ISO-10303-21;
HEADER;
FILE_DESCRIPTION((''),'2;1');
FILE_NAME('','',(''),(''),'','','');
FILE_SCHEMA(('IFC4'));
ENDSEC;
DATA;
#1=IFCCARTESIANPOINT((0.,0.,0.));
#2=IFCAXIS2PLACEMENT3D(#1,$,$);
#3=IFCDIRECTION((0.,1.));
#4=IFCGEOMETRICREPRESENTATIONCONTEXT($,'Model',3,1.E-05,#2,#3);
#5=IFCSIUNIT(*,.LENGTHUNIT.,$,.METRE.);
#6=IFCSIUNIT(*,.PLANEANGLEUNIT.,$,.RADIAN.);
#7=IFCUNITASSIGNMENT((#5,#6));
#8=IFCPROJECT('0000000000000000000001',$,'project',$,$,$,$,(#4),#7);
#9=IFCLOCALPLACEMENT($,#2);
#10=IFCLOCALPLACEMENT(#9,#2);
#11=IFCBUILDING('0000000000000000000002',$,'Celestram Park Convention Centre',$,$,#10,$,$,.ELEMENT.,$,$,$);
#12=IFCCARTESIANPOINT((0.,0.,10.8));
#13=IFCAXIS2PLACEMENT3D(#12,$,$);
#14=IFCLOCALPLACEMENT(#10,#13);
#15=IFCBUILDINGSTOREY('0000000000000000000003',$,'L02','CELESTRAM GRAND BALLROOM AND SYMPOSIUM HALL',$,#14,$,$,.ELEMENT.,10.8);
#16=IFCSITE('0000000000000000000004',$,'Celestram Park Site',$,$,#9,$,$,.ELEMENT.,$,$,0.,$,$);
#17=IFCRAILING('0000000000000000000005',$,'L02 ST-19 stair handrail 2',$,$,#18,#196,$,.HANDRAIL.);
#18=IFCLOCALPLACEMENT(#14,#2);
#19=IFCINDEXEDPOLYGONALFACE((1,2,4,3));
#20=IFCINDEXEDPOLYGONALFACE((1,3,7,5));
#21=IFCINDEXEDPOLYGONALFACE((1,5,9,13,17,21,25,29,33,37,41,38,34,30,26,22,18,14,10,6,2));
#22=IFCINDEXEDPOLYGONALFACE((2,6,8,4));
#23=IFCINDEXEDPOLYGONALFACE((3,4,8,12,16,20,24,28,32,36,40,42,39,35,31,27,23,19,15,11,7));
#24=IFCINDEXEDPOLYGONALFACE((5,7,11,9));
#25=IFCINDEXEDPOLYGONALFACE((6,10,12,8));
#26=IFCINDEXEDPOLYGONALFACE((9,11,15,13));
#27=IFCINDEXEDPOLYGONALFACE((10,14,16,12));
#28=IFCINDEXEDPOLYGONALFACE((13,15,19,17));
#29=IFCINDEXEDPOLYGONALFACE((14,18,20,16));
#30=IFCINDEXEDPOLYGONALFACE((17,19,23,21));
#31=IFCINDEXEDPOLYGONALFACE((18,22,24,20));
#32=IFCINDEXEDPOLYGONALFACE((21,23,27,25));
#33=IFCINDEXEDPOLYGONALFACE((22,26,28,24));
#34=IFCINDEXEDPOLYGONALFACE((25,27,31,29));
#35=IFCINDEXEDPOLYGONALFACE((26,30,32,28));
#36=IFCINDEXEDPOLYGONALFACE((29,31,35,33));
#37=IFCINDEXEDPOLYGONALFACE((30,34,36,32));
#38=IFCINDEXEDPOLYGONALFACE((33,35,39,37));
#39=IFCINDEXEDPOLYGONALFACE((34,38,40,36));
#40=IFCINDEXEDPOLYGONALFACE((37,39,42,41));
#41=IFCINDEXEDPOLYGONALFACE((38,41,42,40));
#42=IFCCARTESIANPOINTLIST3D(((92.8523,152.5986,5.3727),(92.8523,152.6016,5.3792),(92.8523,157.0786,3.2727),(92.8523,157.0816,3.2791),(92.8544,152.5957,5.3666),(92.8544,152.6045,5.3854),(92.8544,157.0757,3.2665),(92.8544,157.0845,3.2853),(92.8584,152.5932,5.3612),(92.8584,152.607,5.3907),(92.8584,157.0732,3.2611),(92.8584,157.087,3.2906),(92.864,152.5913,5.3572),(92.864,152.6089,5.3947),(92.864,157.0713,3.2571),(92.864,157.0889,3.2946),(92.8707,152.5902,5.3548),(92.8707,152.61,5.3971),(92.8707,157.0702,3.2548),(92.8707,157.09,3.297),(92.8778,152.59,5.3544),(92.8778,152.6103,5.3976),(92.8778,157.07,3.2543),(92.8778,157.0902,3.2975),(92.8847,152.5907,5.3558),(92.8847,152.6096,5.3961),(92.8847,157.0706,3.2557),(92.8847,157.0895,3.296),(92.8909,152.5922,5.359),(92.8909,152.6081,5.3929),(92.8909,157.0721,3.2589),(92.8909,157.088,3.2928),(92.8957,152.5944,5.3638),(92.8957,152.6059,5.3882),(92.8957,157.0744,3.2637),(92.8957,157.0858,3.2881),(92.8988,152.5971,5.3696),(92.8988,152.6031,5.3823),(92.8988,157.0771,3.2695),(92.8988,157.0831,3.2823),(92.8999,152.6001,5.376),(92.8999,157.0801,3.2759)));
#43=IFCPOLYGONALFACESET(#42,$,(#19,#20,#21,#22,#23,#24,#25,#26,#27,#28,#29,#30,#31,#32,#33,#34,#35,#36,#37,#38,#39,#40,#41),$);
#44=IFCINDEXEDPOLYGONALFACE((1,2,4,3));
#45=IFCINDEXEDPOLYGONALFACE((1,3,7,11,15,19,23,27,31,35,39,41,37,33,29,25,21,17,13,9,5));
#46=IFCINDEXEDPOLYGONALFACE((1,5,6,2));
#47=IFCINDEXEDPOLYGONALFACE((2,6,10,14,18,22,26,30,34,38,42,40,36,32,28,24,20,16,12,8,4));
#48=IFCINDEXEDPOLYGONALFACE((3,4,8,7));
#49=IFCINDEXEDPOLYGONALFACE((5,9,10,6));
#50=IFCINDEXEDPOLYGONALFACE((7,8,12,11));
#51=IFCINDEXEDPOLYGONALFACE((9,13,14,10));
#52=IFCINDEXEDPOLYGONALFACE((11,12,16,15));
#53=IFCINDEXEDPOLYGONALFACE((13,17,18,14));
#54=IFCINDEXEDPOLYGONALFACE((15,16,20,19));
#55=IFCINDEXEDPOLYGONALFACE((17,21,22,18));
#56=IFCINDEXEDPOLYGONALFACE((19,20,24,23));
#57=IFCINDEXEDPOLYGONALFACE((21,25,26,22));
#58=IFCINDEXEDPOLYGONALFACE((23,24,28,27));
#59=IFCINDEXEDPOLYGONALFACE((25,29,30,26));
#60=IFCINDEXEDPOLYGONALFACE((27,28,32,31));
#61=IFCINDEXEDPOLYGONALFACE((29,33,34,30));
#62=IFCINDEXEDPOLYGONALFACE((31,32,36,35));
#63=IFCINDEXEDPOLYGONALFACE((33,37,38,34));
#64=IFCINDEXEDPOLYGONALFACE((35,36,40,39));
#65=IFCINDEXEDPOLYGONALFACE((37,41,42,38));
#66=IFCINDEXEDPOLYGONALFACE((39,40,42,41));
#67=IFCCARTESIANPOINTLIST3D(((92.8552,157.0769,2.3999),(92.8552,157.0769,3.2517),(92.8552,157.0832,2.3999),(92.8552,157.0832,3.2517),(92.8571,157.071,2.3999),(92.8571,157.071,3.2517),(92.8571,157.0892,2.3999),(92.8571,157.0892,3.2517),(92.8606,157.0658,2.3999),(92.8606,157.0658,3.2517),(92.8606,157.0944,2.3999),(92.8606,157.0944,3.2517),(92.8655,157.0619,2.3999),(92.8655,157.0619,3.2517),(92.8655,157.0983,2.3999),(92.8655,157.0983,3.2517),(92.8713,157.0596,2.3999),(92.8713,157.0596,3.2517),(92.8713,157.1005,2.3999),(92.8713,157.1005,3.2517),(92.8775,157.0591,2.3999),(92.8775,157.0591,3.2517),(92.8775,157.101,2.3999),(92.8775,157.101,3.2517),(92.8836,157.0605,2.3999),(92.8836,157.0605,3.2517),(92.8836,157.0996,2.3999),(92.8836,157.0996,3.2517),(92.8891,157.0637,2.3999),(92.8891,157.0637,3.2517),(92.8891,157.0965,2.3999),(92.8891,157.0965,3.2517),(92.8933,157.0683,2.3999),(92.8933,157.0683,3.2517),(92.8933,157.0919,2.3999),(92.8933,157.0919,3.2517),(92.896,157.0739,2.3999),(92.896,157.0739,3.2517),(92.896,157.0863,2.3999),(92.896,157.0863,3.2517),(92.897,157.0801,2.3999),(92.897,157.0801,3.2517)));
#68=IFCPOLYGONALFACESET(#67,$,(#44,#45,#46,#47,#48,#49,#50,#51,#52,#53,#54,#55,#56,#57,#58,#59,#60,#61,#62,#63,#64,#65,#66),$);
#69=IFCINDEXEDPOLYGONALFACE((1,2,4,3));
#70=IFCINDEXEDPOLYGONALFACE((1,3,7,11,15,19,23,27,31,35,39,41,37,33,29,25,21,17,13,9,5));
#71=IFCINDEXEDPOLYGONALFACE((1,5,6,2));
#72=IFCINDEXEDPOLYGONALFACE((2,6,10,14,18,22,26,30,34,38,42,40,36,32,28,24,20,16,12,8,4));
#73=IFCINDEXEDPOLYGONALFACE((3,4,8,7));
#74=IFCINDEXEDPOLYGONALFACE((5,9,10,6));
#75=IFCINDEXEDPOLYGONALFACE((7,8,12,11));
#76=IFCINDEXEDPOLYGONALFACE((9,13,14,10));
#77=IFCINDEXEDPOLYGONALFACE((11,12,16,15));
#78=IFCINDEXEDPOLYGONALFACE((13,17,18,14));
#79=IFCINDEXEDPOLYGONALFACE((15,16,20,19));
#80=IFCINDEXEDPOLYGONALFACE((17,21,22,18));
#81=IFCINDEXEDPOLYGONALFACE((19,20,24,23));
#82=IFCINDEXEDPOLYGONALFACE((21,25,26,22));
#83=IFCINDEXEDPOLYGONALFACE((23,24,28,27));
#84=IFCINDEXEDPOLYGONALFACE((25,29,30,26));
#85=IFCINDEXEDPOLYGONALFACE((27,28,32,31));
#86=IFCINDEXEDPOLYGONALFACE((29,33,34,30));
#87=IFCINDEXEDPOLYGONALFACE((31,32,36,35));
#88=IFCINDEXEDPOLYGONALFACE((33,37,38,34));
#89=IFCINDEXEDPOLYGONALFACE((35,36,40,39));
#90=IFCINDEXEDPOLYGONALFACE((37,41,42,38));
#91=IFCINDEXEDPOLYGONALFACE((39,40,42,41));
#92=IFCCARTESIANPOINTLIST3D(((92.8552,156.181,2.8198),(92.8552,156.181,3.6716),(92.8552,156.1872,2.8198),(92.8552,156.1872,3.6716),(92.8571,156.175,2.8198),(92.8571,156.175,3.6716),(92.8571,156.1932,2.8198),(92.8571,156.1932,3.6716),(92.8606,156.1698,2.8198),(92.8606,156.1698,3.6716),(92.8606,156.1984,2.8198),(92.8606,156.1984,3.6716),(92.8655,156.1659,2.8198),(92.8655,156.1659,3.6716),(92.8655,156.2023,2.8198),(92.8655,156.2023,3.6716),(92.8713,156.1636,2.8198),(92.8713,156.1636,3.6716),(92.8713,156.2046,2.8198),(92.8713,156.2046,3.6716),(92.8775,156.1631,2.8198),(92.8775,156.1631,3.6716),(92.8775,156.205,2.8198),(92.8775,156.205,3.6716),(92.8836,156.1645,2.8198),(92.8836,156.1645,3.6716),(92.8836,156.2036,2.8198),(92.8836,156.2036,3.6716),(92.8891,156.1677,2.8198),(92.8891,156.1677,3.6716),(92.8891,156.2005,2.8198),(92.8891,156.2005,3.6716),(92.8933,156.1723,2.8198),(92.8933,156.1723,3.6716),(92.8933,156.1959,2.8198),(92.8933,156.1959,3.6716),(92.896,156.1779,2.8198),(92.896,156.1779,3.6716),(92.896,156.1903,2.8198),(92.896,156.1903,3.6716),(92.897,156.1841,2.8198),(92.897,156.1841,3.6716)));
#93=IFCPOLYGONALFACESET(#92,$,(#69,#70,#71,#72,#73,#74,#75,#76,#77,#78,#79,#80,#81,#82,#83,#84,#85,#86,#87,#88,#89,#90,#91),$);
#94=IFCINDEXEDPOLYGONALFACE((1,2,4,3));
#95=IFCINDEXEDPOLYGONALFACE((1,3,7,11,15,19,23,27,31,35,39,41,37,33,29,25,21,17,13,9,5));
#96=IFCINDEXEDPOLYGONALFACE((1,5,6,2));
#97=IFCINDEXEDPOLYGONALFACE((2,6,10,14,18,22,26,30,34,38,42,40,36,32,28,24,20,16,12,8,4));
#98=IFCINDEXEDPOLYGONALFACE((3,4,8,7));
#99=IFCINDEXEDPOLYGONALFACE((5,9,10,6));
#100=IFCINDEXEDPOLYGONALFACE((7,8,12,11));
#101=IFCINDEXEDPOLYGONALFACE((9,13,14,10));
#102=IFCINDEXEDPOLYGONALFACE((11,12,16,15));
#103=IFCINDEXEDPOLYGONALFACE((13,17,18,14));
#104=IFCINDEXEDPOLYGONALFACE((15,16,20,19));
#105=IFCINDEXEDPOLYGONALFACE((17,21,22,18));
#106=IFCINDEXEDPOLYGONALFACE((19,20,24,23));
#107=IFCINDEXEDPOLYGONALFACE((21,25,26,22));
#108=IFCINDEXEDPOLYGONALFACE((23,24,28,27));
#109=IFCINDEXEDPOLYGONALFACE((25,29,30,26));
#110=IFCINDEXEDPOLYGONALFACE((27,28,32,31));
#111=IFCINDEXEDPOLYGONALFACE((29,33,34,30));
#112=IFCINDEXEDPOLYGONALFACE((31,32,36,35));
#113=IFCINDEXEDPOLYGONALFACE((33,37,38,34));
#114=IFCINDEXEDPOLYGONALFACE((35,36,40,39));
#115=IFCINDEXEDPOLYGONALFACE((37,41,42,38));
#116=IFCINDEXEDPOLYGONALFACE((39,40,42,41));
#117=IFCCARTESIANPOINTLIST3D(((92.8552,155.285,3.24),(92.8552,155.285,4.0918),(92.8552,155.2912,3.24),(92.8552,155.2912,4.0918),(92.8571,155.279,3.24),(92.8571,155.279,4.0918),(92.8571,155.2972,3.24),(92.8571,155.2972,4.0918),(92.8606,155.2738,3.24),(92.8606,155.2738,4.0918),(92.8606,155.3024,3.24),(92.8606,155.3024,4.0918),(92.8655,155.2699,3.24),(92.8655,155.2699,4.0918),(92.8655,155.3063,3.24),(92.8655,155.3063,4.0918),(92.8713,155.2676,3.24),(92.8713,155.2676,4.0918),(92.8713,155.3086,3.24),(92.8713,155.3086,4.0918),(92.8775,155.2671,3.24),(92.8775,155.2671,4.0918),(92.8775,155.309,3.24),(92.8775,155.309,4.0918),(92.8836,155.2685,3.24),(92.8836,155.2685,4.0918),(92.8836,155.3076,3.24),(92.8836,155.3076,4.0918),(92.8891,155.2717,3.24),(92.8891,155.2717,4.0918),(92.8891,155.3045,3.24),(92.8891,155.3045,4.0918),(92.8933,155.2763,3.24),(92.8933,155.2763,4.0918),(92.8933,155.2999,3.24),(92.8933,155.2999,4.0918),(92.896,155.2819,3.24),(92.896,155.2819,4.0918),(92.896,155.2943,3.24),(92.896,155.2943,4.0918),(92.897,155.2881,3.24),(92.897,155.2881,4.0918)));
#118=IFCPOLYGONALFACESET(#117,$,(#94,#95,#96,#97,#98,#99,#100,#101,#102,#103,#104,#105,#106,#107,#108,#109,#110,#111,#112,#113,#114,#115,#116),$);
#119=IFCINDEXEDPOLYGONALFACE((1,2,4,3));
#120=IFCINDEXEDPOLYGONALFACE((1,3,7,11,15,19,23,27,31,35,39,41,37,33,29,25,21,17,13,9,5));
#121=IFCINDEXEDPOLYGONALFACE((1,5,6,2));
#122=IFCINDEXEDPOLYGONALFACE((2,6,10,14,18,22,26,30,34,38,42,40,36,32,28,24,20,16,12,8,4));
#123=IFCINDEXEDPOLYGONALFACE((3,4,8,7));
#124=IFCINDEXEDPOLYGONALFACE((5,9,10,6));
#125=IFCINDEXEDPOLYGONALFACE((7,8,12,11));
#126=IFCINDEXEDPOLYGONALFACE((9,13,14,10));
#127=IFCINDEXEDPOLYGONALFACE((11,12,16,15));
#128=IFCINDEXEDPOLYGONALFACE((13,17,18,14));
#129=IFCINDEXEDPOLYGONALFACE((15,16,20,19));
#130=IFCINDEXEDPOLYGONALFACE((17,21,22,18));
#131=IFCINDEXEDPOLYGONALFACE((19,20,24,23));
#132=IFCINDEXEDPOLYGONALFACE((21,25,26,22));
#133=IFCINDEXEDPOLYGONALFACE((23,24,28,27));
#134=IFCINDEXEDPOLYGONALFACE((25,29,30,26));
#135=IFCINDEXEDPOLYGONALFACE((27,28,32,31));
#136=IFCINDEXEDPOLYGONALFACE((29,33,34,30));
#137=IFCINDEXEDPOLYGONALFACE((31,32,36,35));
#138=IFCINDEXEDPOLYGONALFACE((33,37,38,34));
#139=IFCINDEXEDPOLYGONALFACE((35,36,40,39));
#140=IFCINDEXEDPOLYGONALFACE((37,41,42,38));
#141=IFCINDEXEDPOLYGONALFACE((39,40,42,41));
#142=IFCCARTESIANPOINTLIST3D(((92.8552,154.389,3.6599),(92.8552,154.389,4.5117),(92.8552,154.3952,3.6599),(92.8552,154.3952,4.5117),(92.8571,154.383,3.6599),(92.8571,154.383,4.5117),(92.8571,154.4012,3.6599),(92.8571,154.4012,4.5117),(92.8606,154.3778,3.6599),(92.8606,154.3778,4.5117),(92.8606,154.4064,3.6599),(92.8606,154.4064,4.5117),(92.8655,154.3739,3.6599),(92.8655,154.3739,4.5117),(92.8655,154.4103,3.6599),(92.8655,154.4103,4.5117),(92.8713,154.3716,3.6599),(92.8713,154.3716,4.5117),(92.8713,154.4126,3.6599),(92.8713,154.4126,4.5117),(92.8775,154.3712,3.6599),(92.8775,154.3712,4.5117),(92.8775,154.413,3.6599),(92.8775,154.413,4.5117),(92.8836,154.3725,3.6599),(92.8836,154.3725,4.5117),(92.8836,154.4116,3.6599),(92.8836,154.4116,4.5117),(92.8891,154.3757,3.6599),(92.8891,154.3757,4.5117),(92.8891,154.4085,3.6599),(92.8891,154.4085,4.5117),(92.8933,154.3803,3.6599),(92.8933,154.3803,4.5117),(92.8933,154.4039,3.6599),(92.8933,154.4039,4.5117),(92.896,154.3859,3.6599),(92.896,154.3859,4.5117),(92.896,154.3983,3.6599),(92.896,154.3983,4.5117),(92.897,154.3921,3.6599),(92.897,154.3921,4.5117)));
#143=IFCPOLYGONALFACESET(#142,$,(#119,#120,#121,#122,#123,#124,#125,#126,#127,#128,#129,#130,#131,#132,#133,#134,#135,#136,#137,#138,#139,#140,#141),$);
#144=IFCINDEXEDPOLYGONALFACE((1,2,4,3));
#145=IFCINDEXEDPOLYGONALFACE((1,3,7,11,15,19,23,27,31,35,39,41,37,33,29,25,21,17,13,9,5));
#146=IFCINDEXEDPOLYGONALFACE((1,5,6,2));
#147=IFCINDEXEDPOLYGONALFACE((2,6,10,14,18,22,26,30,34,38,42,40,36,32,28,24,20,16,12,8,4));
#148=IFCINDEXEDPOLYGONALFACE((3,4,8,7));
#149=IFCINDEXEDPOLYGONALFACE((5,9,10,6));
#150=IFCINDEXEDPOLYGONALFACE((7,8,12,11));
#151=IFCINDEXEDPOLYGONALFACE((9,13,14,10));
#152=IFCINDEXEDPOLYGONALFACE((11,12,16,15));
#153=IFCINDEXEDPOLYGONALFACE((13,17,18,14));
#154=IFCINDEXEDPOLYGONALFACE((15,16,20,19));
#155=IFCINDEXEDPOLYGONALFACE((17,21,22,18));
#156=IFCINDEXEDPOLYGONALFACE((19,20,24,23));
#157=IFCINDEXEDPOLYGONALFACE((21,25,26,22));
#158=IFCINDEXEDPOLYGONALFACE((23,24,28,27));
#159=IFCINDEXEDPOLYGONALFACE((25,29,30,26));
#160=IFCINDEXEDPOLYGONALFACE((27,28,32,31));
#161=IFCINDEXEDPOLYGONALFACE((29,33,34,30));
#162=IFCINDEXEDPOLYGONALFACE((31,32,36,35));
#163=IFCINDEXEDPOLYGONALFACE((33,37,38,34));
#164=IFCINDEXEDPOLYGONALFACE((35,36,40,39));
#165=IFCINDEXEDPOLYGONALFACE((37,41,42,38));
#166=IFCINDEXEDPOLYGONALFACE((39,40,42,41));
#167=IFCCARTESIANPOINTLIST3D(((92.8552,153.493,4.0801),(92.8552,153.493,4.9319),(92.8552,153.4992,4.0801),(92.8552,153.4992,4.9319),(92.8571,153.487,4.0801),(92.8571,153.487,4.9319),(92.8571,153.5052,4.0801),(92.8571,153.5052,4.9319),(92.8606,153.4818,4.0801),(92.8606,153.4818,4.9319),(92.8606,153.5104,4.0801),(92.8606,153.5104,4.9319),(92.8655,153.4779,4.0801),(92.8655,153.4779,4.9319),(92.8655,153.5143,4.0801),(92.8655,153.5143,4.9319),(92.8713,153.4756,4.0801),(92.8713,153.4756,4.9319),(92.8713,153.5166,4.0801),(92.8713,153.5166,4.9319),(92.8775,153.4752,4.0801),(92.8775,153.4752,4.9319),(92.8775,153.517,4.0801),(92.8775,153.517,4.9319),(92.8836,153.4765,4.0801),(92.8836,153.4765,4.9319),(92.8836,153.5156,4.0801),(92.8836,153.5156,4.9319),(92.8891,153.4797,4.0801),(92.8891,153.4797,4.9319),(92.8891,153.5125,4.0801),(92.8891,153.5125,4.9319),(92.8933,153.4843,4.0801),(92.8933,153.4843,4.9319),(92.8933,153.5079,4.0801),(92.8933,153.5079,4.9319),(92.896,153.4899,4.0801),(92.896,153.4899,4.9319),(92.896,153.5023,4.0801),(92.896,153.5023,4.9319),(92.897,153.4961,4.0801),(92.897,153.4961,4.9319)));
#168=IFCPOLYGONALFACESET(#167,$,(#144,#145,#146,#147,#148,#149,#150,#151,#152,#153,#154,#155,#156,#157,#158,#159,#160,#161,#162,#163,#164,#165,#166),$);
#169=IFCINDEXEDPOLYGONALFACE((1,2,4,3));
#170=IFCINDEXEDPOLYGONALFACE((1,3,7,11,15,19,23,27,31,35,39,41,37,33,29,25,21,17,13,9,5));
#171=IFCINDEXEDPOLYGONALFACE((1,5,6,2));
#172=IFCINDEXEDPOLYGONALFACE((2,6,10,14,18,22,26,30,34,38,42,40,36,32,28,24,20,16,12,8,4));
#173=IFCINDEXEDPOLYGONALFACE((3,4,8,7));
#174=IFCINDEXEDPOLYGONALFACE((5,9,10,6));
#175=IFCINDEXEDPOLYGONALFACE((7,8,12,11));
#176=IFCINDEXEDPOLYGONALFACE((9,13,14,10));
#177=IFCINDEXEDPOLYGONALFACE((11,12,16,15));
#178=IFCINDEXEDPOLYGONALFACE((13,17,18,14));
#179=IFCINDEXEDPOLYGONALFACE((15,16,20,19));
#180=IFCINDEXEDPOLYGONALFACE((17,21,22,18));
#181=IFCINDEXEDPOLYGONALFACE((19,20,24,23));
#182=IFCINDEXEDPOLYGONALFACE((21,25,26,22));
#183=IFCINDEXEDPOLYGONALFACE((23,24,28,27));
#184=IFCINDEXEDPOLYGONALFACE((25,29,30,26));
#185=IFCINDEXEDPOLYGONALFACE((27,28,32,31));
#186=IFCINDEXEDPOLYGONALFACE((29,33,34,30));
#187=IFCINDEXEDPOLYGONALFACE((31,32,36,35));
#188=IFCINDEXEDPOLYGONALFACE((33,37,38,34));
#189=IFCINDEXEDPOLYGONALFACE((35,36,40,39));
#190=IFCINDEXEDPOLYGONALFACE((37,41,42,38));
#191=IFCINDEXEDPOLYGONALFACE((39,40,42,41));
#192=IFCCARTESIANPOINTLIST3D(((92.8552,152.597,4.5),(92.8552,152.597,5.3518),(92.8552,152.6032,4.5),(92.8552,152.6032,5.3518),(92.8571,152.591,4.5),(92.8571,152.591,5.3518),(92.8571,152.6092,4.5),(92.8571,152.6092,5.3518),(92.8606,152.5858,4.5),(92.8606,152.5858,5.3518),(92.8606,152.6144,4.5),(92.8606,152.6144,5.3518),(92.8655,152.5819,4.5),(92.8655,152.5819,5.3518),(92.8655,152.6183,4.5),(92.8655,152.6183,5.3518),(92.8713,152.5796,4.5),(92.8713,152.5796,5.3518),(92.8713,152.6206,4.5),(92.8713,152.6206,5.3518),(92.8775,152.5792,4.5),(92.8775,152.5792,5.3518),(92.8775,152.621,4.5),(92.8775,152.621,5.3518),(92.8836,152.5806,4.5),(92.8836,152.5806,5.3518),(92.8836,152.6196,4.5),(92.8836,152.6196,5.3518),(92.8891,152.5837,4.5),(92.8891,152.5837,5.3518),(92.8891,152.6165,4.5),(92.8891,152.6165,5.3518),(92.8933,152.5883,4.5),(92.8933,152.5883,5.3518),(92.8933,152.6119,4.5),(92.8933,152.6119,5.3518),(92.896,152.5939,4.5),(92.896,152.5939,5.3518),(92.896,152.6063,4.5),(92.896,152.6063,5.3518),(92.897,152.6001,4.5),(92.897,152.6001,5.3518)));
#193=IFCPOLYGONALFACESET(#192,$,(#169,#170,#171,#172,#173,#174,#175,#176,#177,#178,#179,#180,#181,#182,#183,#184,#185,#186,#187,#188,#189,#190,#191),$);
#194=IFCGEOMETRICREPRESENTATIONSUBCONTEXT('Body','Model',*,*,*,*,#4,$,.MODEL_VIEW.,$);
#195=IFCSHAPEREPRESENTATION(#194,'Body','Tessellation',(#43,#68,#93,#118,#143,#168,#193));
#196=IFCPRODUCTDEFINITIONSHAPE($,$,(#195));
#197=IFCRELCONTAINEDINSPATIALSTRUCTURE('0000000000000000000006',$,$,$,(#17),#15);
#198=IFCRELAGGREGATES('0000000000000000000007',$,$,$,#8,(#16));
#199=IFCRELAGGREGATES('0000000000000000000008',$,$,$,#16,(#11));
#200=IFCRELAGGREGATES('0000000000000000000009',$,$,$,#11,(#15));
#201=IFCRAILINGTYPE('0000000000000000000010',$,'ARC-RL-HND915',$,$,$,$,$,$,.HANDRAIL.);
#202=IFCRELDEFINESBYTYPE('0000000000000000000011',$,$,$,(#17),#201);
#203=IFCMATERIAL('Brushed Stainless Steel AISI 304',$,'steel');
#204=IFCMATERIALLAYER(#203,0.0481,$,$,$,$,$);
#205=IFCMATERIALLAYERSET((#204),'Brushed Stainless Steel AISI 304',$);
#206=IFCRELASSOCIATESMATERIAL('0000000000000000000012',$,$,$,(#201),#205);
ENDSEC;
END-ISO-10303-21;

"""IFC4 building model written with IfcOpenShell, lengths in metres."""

from ifc_helpers import new_model, si_unit, direction, frame, origin, origin_2d, place, context, subcontext, project, spatial, circle, extrude, material, layer, layer_set, type_object, element, save


model = new_model("IFC4")

# Units and contexts
model_context = context("Model", 3, precision=1e-05, world=origin(), true_north=direction((0.0, 1.0)))
body_context = subcontext(model_context, "Body", "Model", "MODEL_VIEW")
ifc_project = project(units=[si_unit("LENGTHUNIT", "METRE"), si_unit("PLANEANGLEUNIT", "RADIAN")], contexts=[model_context])

# Site, building, storey
site_placement = place(None, origin())
site = spatial("IfcSite", under=ifc_project, at=site_placement, Name="Celestram Park Site", CompositionType="ELEMENT", RefElevation=0.0)
building_placement = place(site_placement, origin())
building = spatial("IfcBuilding", under=site, at=building_placement, Name="Celestram Park Convention Centre", CompositionType="ELEMENT")
storey_placement = place(building_placement, frame((0.0, 0.0, 10.8)))
storey = spatial("IfcBuildingStorey", under=building, at=storey_placement, Name="L02", Description="CELESTRAM GRAND BALLROOM AND SYMPOSIUM HALL", CompositionType="ELEMENT", Elevation=10.8)

# Railing
ifc_material_1 = material(Name="Brushed Stainless Steel AISI 304", Category="steel")
ifc_layer_1 = layer(ifc_material_1, 0.0481)
ifc_layer_set_1 = layer_set([ifc_layer_1], Name="Brushed Stainless Steel AISI 304")
railing_type_1 = type_object("IfcRailingType", Name="ARC-RL-HND915", PredefinedType="HANDRAIL", material=ifc_layer_set_1)
railing_1_placement = place(storey_placement, frame((92.876, 157.0801, 2.3999)))
element("IfcRailing", 1, at=railing_1_placement, inside=storey, type_object=railing_type_1, Name="L02 ST-19 stair handrail 2", PredefinedType="HANDRAIL", context=body_context, shape_type="SweptSolid", body=[
    extrude(circle(Radius=0.0239, at=origin_2d()), frame((0.0, 0.0, 0.876), z_axis=(0.0, -0.905451, 0.424452), x_axis=(1.0, 0.0, 0.0)), (0.0, 0.0, 1.0), 4.9478),
    extrude(circle(Radius=0.021, at=origin_2d()), origin(), (0.0, 0.0, 1.0), 0.8518),
    extrude(circle(Radius=0.021, at=origin_2d()), frame((0.0, -0.896, 0.4199)), (0.0, 0.0, 1.0), 0.8518),
    extrude(circle(Radius=0.021, at=origin_2d()), frame((0.0, -1.792, 0.8401)), (0.0, 0.0, 1.0), 0.8518),
    extrude(circle(Radius=0.021, at=origin_2d()), frame((0.0, -2.688, 1.26)), (0.0, 0.0, 1.0), 0.8518),
    extrude(circle(Radius=0.021, at=origin_2d()), frame((0.0, -3.584, 1.6802)), (0.0, 0.0, 1.0), 0.8518),
    extrude(circle(Radius=0.021, at=origin_2d()), frame((0.0, -4.48, 2.1001)), (0.0, 0.0, 1.0), 0.8518),
])

save(model, "model.ifc")
